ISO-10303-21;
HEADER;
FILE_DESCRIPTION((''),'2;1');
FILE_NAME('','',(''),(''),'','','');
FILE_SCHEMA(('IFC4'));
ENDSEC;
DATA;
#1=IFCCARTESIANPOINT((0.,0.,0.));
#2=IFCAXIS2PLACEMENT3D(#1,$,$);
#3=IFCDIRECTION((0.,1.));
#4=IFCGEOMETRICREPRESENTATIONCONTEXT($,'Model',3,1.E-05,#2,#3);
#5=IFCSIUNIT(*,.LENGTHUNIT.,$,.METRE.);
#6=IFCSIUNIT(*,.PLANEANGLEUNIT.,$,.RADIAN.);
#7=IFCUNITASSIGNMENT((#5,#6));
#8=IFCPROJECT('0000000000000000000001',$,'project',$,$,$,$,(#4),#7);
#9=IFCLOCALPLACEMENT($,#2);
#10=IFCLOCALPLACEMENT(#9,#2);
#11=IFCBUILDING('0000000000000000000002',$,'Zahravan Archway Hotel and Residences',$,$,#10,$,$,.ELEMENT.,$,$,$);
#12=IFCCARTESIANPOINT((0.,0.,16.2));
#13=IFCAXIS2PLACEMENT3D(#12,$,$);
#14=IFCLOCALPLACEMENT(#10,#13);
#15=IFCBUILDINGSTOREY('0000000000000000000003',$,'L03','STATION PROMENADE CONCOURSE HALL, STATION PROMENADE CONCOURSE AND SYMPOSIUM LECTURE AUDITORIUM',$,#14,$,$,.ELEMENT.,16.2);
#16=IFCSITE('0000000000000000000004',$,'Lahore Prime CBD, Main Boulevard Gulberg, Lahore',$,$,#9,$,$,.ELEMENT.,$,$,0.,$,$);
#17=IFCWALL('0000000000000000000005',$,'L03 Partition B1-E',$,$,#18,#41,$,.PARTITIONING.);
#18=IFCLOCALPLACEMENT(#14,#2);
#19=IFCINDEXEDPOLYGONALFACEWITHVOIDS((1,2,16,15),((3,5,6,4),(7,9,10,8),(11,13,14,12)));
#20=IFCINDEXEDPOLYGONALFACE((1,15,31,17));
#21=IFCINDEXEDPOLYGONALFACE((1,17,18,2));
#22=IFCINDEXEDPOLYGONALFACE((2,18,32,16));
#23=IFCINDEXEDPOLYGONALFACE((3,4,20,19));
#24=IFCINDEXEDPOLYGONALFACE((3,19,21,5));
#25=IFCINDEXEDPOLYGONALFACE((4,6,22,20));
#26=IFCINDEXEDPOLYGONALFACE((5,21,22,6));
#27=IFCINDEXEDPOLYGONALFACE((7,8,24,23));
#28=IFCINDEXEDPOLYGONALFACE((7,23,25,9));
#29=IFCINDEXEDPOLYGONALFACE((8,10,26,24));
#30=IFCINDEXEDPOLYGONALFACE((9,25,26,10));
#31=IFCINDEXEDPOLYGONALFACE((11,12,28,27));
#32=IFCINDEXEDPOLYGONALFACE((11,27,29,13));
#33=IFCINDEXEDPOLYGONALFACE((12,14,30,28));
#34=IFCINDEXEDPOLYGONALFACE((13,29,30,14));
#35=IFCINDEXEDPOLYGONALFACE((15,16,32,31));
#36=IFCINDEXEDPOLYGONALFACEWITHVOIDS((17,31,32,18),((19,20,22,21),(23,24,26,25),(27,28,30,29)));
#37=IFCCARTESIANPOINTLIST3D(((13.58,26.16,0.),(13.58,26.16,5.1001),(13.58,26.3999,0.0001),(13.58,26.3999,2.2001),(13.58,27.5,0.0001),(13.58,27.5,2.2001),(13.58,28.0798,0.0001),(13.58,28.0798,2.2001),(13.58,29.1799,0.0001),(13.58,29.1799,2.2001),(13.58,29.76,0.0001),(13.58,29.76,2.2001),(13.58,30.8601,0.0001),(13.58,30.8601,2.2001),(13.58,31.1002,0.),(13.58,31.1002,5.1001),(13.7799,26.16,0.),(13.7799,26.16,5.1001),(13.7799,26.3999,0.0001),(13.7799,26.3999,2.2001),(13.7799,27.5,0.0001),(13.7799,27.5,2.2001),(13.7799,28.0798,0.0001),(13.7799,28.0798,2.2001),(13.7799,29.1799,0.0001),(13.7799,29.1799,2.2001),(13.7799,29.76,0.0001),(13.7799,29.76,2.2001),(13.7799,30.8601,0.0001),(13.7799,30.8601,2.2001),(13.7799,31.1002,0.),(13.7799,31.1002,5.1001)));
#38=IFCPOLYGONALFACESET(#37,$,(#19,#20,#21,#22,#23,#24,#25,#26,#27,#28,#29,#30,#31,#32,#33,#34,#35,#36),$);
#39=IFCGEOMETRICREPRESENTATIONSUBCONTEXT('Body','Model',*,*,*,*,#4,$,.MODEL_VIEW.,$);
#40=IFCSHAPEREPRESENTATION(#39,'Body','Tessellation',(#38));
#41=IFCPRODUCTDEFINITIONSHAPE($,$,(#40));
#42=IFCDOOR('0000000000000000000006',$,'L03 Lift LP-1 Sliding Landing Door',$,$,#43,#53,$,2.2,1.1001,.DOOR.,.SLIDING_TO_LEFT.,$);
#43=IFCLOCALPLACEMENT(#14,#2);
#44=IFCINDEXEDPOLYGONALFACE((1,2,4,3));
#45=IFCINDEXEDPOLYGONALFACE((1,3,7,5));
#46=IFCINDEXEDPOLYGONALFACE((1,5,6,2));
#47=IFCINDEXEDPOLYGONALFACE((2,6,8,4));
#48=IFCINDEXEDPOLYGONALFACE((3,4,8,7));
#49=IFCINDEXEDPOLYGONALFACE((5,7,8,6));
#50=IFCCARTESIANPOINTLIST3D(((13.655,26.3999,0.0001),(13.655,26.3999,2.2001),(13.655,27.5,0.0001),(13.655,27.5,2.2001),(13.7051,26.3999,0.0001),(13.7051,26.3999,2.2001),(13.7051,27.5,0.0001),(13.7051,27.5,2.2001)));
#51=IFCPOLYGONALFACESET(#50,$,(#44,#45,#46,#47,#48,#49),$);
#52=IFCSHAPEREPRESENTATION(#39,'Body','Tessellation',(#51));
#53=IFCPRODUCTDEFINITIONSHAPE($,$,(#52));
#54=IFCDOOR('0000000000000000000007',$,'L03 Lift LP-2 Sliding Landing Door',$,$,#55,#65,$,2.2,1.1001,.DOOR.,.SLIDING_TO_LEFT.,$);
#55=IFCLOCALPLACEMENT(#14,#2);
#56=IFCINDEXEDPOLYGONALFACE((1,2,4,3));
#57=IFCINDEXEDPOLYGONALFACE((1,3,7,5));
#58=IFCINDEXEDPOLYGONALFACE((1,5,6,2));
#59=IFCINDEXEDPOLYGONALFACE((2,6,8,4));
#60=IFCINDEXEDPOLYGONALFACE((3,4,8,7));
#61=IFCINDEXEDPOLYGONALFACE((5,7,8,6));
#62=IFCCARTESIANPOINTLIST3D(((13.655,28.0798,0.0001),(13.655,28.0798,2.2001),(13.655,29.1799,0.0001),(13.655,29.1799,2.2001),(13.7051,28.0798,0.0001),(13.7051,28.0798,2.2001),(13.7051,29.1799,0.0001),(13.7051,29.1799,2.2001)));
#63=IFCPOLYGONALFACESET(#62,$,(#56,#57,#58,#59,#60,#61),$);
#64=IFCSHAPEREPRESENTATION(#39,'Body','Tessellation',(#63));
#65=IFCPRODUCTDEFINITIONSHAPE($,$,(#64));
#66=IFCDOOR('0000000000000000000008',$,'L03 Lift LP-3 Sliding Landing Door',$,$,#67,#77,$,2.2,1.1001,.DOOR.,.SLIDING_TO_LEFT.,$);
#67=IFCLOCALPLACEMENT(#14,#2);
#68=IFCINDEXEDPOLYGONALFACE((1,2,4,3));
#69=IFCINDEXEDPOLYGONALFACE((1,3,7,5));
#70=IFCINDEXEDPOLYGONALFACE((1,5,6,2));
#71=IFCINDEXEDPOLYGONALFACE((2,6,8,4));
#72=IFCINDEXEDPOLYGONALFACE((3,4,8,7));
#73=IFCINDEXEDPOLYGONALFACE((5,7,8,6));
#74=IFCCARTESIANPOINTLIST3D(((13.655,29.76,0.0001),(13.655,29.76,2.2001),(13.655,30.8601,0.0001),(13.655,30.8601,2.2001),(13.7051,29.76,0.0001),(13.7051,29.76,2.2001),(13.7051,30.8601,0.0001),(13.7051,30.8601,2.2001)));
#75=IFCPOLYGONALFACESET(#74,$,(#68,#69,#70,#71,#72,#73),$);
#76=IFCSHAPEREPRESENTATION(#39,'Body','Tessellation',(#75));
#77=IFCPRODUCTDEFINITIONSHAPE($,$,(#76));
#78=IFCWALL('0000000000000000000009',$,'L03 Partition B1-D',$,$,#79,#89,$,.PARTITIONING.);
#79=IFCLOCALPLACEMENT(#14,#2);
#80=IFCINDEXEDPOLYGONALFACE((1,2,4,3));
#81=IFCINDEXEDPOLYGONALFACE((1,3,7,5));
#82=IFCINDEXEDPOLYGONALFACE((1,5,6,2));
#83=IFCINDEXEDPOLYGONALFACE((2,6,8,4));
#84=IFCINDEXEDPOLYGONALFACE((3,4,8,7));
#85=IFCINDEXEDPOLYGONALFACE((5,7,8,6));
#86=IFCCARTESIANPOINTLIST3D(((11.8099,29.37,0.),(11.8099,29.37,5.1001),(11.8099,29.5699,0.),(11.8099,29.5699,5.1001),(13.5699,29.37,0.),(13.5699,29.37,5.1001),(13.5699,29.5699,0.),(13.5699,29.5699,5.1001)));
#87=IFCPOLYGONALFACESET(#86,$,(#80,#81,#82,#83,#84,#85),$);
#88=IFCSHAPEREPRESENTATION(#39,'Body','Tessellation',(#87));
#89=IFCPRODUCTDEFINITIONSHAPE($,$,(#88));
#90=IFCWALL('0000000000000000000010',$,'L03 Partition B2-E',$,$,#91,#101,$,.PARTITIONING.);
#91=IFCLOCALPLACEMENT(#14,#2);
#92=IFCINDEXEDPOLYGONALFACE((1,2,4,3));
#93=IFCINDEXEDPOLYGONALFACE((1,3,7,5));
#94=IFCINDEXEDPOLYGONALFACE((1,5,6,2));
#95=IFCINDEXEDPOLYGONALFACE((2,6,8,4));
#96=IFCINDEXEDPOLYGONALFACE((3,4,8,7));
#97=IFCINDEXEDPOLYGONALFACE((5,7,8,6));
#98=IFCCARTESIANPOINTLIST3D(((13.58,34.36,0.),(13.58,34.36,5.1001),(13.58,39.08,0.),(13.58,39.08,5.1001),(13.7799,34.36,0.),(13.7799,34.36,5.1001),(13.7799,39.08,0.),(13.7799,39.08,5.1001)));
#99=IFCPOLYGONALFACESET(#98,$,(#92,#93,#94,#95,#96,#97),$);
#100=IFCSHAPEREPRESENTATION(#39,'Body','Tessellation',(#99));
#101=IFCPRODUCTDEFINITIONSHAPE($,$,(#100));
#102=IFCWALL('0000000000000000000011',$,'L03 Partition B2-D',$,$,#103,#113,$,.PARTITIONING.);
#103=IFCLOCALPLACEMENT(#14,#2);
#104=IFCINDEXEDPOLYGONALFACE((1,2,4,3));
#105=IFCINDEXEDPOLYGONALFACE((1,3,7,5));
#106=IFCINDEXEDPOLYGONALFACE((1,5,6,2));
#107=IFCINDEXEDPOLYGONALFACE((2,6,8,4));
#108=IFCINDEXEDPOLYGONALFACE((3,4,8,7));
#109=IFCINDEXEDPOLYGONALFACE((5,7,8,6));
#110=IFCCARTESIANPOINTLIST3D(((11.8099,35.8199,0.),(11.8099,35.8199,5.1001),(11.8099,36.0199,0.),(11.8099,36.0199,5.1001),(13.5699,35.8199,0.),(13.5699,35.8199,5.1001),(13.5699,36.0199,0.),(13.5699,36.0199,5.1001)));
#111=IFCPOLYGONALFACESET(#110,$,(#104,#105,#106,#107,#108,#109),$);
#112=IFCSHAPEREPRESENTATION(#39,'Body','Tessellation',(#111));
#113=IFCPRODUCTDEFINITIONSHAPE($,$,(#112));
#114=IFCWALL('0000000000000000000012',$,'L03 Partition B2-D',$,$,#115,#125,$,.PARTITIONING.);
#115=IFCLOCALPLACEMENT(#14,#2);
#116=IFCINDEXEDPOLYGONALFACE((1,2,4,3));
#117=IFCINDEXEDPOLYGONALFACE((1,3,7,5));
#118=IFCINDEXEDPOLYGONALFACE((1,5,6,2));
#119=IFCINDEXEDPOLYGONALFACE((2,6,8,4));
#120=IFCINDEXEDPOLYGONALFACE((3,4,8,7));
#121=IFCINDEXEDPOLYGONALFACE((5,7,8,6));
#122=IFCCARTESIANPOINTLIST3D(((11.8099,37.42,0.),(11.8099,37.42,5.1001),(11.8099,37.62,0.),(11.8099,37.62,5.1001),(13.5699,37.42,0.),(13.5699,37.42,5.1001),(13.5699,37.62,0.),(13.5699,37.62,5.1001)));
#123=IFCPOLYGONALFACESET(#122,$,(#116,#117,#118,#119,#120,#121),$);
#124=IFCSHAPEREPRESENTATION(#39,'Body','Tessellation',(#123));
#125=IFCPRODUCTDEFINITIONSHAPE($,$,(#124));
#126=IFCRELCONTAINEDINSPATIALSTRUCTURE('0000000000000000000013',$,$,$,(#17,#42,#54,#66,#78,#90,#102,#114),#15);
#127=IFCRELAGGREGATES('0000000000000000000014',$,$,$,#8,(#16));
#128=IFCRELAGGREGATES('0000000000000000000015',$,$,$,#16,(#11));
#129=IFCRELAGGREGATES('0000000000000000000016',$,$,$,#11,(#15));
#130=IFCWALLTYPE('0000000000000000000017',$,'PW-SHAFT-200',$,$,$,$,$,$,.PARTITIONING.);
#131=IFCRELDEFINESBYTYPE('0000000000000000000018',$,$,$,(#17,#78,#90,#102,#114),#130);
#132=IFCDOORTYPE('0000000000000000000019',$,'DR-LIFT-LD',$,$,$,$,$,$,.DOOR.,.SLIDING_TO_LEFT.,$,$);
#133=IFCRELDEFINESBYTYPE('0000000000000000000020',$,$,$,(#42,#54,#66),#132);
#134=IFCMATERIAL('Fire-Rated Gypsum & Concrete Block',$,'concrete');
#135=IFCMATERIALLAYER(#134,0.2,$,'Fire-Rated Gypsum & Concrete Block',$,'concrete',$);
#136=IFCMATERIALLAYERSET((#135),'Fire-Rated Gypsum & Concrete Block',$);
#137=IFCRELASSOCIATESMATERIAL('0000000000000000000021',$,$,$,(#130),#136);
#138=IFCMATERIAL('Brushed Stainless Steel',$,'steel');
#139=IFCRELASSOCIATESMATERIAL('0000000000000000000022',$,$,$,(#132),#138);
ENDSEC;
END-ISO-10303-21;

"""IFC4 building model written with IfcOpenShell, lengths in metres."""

from ifc_helpers import new_model, si_unit, direction, frame, frame_2d, origin, place, context, subcontext, project, spatial, rectangle, extrude, source, transform, mapped, material, layer, layer_set, type_object, type_shapes, element, fill, save


model = new_model("IFC4")

# Units and contexts
model_context = context("Model", 3, precision=1e-05, world=origin(), true_north=direction((0.0, 1.0)))
body_context = subcontext(model_context, "Body", "Model", "MODEL_VIEW")
ifc_project = project(units=[si_unit("LENGTHUNIT", "METRE"), si_unit("PLANEANGLEUNIT", "RADIAN")], contexts=[model_context])

# Site, building, storey
site_placement = place(None, origin())
site = spatial("IfcSite", under=ifc_project, at=site_placement, Name="Lahore Prime CBD, Main Boulevard Gulberg, Lahore", CompositionType="ELEMENT", RefElevation=0.0)
building_placement = place(site_placement, origin())
building = spatial("IfcBuilding", under=site, at=building_placement, Name="Zahravan Archway Hotel and Residences", CompositionType="ELEMENT")
storey_placement = place(building_placement, frame((0.0, 0.0, 16.2)))
storey = spatial("IfcBuildingStorey", under=building, at=storey_placement, Name="L03", Description="STATION PROMENADE CONCOURSE HALL, STATION PROMENADE CONCOURSE AND SYMPOSIUM LECTURE AUDITORIUM", CompositionType="ELEMENT", Elevation=16.2)

# Wall, openings, doors
ifc_material_1 = material(Name="Fire-Rated Gypsum & Concrete Block", Category="concrete")
ifc_layer = layer(ifc_material_1, 0.2, Name="Fire-Rated Gypsum & Concrete Block", Category="concrete")
ifc_layer_set = layer_set([ifc_layer], Name="Fire-Rated Gypsum & Concrete Block")
wall_type = type_object("IfcWallType", Name="PW-SHAFT-200", PredefinedType="PARTITIONING", material=ifc_layer_set)
wall_1_placement = place(storey_placement, frame((13.6799, 26.1599, 0.0), z_axis=(0.0, 0.0, 1.0), x_axis=(0.0, 1.0, 0.0)))
wall_1 = element("IfcWall", 1, at=wall_1_placement, inside=storey, type_object=wall_type, Name="L03 Partition B1-E", PredefinedType="PARTITIONING", context=body_context, shape_type="SweptSolid", body=[
    extrude(rectangle(XDim=4.9402, YDim=0.2, at=frame_2d((2.4702, 0.0))), origin(), (0.0, 0.0, 1.0), 5.1001),
])
opening_1_placement = place(wall_1_placement, frame((0.24, 0.0, 0.0)))
opening_1 = element("IfcOpeningElement", 2, at=opening_1_placement, cuts=wall_1, PredefinedType="OPENING", context=body_context, shape_type="SweptSolid", body=[
    extrude(rectangle(XDim=1.1001, YDim=2.2, at=frame_2d((0.55, 1.1001))), frame((0.0, 0.1099, 0.0), z_axis=(0.0, -1.0, 0.0), x_axis=(1.0, 0.0, 0.0)), (0.0, 0.0, 1.0), 0.22),
])
opening_2_placement = place(wall_1_placement, frame((1.9199, 0.0, 0.0)))
opening_2 = element("IfcOpeningElement", 3, at=opening_2_placement, cuts=wall_1, PredefinedType="OPENING", context=body_context, shape_type="SweptSolid", body=[
    extrude(rectangle(XDim=1.1001, YDim=2.2, at=frame_2d((0.55, 1.1001))), frame((0.0, 0.1099, 0.0), z_axis=(0.0, -1.0, 0.0), x_axis=(1.0, 0.0, 0.0)), (0.0, 0.0, 1.0), 0.22),
])
opening_3_placement = place(wall_1_placement, frame((3.6001, 0.0, 0.0)))
opening_3 = element("IfcOpeningElement", 4, at=opening_3_placement, cuts=wall_1, PredefinedType="OPENING", context=body_context, shape_type="SweptSolid", body=[
    extrude(rectangle(XDim=1.1001, YDim=2.2, at=frame_2d((0.55, 1.1001))), frame((0.0, 0.1099, 0.0), z_axis=(0.0, -1.0, 0.0), x_axis=(1.0, 0.0, 0.0)), (0.0, 0.0, 1.0), 0.22),
])
ifc_material_2 = material(Name="Brushed Stainless Steel", Category="steel")
door_type = type_object("IfcDoorType", Name="DR-LIFT-LD", OperationType="SLIDING_TO_LEFT", PredefinedType="DOOR", material=ifc_material_2)
shared_shape_1 = source(origin(), body_context, "Body", "SweptSolid", [
    extrude(rectangle(XDim=1.1001, YDim=2.2, at=frame_2d((0.55, 1.1001))), frame((0.0, 0.0249, 0.0), z_axis=(0.0, -1.0, 0.0), x_axis=(1.0, 0.0, 0.0)), (0.0, 0.0, 1.0), 0.05),
])
type_shapes(door_type, [shared_shape_1])
door_1_placement = place(opening_1_placement, origin())
door_1 = element("IfcDoor", 5, at=door_1_placement, inside=storey, type_object=door_type, Name="L03 Lift LP-1 Sliding Landing Door", OperationType="SLIDING_TO_LEFT", OverallHeight=2.2, OverallWidth=1.1001, PredefinedType="DOOR", context=body_context, shape_type="MappedRepresentation", body=[
    mapped(shared_shape_1, transform((0.0, 0.0, 0.0), scale=1.0)),
])
fill(opening_1, door_1)
door_2_placement = place(opening_2_placement, origin())
door_2 = element("IfcDoor", 6, at=door_2_placement, inside=storey, type_object=door_type, Name="L03 Lift LP-2 Sliding Landing Door", OperationType="SLIDING_TO_LEFT", OverallHeight=2.2, OverallWidth=1.1001, PredefinedType="DOOR", context=body_context, shape_type="MappedRepresentation", body=[
    mapped(shared_shape_1, transform((0.0, 0.0, 0.0), scale=1.0)),
])
fill(opening_2, door_2)
door_3_placement = place(opening_3_placement, origin())
door_3 = element("IfcDoor", 7, at=door_3_placement, inside=storey, type_object=door_type, Name="L03 Lift LP-3 Sliding Landing Door", OperationType="SLIDING_TO_LEFT", OverallHeight=2.2, OverallWidth=1.1001, PredefinedType="DOOR", context=body_context, shape_type="MappedRepresentation", body=[
    mapped(shared_shape_1, transform((0.0, 0.0, 0.0), scale=1.0)),
])
fill(opening_3, door_3)

# Walls
wall_2_placement = place(storey_placement, frame((11.8101, 29.47, 0.0), z_axis=(0.0, 0.0, 1.0), x_axis=(1.0, 0.0, 0.0)))
element("IfcWall", 8, at=wall_2_placement, inside=storey, type_object=wall_type, Name="L03 Partition B1-D", PredefinedType="PARTITIONING", context=body_context, shape_type="SweptSolid", body=[
    extrude(rectangle(XDim=1.76, YDim=0.2, at=frame_2d((0.8799, 0.0))), origin(), (0.0, 0.0, 1.0), 5.1001),
])
wall_3_placement = place(storey_placement, frame((13.6799, 34.3601, 0.0), z_axis=(0.0, 0.0, 1.0), x_axis=(0.0, 1.0, 0.0)))
element("IfcWall", 9, at=wall_3_placement, inside=storey, type_object=wall_type, Name="L03 Partition B2-E", PredefinedType="PARTITIONING", context=body_context, shape_type="SweptSolid", body=[
    extrude(rectangle(XDim=4.72, YDim=0.2, at=frame_2d((2.3599, 0.0))), origin(), (0.0, 0.0, 1.0), 5.1001),
])
for number, where, z_axis, x_axis, name in (
    (10, (11.8101, 35.9199, 0.0), (0.0, 0.0, 1.0), (1.0, 0.0, 0.0), "L03 Partition B2-D"),
    (11, (11.8101, 37.52, 0.0), (0.0, 0.0, 1.0), (1.0, 0.0, 0.0), "L03 Partition B2-D"),
):
    element("IfcWall", number, at=place(storey_placement, frame(where, z_axis=z_axis, x_axis=x_axis)), inside=storey, type_object=wall_type, Name=name, PredefinedType="PARTITIONING", context=body_context, shape_type="SweptSolid", body=[
        extrude(rectangle(XDim=1.76, YDim=0.2, at=frame_2d((0.8799, 0.0))), origin(), (0.0, 0.0, 1.0), 5.1001),
    ])

save(model, "model.ifc")
